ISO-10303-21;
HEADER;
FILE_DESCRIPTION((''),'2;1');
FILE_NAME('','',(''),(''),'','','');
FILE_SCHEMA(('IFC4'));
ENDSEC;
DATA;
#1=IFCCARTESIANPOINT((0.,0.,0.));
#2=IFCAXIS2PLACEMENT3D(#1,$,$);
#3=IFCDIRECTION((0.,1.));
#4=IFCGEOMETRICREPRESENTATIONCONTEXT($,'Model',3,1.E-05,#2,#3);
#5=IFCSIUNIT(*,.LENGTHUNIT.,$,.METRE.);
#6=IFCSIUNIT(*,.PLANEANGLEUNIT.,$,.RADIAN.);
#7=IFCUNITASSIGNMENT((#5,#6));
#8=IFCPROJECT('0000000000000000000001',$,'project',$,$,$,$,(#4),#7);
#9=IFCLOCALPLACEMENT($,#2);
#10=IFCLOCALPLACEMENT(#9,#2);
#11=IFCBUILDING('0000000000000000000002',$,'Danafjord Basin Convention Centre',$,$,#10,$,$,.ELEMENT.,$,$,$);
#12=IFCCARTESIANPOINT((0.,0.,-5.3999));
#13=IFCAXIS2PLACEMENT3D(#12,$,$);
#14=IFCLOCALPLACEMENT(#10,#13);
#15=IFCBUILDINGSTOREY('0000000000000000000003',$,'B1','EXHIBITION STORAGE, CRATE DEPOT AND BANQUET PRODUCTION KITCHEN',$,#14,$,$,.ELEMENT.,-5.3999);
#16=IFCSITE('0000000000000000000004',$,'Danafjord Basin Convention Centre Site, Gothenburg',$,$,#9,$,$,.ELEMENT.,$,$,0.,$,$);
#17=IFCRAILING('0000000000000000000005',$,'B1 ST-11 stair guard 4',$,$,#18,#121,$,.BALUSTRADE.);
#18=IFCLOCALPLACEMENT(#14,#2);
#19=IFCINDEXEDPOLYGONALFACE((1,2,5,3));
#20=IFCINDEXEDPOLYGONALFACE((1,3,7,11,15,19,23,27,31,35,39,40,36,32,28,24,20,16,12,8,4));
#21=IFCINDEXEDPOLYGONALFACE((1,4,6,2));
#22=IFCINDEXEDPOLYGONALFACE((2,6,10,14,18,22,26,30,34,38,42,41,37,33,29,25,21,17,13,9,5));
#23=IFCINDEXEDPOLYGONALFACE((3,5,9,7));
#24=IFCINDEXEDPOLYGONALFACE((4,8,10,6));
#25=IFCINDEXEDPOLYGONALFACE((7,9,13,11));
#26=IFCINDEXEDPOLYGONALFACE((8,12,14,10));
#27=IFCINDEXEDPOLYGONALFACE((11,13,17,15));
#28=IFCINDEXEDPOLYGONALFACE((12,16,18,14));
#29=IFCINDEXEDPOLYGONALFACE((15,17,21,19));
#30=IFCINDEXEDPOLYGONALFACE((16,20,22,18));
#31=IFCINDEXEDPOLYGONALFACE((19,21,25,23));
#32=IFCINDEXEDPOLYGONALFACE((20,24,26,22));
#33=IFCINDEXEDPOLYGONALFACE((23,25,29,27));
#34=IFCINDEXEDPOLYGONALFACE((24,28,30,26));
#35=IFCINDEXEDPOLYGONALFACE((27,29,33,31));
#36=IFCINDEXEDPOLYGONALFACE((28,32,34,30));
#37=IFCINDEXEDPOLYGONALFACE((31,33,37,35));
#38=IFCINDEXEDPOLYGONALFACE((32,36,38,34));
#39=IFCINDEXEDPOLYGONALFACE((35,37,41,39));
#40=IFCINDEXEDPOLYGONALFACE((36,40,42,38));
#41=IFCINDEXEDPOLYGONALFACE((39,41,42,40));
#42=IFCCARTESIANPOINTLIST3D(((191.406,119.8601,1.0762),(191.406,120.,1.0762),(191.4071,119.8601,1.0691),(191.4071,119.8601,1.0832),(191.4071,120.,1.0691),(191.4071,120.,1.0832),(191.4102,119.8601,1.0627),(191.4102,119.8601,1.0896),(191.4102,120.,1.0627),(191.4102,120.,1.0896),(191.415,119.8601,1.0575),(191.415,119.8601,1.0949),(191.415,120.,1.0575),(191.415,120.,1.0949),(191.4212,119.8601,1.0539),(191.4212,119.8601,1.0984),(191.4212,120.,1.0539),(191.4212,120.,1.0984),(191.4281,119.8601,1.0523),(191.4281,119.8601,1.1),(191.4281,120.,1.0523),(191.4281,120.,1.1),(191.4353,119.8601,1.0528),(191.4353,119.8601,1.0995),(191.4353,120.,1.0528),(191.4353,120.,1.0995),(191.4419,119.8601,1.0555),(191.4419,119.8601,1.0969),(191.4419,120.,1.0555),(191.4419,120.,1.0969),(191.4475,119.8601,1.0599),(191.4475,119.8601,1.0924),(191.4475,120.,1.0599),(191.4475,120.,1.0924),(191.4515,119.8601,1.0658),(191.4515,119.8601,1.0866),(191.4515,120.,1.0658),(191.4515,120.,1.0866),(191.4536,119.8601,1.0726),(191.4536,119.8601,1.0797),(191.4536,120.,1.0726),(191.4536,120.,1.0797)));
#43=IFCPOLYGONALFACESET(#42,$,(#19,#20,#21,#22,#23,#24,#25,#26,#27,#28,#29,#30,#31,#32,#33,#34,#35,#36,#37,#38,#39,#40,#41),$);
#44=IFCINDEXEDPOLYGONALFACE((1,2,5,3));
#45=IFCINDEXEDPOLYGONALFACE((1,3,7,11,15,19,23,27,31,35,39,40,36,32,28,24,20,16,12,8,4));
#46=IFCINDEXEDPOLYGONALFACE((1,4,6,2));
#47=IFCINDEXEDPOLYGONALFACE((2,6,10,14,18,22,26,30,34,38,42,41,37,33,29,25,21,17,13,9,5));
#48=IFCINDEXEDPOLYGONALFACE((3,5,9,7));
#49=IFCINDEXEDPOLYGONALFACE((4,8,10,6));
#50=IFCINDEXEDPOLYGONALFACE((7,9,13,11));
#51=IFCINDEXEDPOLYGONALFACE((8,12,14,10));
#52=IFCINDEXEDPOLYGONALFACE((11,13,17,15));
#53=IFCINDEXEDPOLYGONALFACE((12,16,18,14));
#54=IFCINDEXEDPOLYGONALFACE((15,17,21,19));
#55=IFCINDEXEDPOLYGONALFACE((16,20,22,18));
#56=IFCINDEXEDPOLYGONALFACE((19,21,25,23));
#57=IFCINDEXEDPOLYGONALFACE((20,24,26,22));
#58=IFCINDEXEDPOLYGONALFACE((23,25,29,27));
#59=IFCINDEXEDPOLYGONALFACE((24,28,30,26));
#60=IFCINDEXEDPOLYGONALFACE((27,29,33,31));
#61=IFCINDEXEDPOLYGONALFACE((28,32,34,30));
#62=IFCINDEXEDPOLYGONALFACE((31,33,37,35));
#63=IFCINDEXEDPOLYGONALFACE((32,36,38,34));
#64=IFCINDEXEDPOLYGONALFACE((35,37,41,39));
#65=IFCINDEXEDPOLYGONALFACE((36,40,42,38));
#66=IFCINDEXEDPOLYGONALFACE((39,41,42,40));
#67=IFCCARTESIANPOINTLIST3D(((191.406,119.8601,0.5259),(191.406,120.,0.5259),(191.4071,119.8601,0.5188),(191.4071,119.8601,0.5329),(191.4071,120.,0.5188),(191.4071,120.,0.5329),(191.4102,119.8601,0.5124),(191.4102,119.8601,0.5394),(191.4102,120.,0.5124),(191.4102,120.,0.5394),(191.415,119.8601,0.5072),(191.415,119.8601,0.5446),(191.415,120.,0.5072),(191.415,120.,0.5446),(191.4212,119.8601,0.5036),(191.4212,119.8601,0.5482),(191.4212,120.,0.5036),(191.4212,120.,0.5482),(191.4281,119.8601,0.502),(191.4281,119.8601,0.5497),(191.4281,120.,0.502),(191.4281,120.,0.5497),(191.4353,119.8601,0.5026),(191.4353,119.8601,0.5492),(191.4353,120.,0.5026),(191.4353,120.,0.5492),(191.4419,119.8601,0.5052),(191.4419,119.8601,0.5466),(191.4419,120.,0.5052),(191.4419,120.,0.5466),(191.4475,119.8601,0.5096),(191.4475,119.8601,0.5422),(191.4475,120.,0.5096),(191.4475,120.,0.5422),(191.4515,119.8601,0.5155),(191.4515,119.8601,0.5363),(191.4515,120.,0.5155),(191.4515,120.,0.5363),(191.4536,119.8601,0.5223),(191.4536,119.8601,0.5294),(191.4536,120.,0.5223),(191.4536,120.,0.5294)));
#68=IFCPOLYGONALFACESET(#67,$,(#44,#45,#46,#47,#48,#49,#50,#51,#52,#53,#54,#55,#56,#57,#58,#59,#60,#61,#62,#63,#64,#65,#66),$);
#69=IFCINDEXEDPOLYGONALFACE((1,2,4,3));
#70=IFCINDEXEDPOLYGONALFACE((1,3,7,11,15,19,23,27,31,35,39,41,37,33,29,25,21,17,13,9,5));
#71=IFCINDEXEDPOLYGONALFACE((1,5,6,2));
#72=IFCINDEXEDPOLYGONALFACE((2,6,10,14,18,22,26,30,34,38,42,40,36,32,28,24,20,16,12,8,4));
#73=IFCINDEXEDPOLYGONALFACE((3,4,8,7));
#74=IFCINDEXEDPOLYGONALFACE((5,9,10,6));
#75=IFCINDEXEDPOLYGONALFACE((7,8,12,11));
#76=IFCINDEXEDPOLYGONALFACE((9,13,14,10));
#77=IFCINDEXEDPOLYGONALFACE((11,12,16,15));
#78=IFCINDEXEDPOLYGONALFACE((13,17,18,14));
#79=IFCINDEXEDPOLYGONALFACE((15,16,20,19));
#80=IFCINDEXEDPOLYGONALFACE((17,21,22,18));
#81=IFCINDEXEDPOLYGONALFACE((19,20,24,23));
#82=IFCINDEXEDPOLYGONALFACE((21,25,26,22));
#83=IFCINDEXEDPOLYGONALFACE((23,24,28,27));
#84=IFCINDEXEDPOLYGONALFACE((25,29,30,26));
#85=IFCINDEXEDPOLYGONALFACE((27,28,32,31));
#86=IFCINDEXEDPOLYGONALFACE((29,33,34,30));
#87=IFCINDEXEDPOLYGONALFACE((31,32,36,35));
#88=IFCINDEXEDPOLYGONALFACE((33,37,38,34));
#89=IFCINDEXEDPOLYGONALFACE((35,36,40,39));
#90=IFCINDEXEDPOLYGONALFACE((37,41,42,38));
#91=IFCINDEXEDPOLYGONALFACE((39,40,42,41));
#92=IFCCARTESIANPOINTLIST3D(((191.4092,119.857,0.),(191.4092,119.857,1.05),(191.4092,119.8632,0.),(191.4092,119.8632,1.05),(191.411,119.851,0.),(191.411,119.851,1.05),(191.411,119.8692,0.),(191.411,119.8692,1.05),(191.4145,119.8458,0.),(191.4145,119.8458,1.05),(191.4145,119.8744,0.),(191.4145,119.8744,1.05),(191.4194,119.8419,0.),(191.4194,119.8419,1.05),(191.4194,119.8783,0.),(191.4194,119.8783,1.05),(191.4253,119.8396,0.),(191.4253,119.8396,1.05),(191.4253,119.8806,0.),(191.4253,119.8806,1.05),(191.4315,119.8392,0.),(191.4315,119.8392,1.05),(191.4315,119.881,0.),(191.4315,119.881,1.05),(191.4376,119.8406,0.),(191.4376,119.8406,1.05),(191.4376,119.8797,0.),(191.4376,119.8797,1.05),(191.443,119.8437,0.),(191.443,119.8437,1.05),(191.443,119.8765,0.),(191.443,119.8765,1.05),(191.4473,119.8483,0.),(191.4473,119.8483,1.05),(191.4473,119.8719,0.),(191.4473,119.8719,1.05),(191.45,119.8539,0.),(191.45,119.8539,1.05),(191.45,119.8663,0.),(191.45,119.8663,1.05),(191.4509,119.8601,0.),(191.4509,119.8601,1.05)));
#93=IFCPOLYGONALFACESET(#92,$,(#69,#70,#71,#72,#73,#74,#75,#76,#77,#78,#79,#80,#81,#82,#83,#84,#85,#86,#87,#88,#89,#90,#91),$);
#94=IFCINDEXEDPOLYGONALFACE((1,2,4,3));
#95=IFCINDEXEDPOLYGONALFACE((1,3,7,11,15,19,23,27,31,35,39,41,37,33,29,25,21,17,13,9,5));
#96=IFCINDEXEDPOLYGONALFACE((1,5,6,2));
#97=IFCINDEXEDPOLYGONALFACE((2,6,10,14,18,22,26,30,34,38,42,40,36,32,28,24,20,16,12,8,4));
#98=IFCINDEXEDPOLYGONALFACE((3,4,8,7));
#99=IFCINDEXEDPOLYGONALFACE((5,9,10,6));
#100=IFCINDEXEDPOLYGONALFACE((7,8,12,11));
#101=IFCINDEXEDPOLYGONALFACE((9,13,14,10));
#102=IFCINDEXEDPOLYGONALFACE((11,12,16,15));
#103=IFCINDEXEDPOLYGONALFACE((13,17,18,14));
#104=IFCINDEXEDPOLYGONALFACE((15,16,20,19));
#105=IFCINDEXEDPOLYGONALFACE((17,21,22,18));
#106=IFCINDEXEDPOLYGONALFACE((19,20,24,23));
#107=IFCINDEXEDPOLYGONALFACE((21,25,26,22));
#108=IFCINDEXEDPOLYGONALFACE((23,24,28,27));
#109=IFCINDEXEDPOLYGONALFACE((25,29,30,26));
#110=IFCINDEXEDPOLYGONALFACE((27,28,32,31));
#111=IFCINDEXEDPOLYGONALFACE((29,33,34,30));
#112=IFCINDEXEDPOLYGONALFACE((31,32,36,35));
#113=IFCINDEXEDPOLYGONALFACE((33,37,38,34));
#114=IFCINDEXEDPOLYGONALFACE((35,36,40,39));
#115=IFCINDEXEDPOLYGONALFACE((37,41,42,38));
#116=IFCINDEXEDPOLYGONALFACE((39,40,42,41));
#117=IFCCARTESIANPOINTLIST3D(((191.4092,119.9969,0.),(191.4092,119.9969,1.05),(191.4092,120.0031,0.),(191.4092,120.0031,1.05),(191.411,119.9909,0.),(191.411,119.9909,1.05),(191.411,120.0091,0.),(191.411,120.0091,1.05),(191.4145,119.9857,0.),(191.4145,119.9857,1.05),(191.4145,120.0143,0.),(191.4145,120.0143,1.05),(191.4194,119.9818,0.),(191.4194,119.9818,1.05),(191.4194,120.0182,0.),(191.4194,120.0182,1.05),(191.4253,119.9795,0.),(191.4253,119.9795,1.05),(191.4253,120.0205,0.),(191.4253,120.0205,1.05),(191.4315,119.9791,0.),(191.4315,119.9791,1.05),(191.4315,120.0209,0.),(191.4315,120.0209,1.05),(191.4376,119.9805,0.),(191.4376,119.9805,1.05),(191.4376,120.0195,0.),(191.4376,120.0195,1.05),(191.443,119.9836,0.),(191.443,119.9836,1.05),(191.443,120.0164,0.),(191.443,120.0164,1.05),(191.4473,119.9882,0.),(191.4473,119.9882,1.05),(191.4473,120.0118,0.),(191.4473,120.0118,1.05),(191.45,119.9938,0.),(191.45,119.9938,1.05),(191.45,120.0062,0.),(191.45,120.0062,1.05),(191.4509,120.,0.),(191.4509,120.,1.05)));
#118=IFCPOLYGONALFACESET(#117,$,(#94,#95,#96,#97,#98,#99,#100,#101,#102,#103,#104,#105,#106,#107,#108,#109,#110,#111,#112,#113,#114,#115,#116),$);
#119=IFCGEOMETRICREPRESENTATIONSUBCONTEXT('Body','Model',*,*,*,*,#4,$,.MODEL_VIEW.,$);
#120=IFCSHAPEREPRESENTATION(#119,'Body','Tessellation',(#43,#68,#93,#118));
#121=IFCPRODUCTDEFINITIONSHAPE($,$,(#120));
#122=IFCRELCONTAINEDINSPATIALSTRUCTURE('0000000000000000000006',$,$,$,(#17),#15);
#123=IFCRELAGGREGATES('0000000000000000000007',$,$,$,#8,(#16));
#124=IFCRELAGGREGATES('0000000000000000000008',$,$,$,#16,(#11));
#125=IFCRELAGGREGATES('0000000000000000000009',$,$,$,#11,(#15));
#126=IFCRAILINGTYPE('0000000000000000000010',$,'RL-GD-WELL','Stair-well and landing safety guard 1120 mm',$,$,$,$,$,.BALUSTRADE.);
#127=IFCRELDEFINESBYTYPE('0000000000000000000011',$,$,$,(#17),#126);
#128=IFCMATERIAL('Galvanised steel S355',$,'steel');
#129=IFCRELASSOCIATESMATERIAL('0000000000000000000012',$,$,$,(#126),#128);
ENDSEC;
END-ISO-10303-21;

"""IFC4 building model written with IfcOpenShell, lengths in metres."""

from ifc_helpers import new_model, si_unit, direction, frame, origin, origin_2d, place, context, subcontext, project, spatial, circle, extrude, material, type_object, element, save


model = new_model("IFC4")

# Units and contexts
model_context = context("Model", 3, precision=1e-05, world=origin(), true_north=direction((0.0, 1.0)))
body_context = subcontext(model_context, "Body", "Model", "MODEL_VIEW")
ifc_project = project(units=[si_unit("LENGTHUNIT", "METRE"), si_unit("PLANEANGLEUNIT", "RADIAN")], contexts=[model_context])

# Site, building, storey
site_placement = place(None, origin())
site = spatial("IfcSite", under=ifc_project, at=site_placement, Name="Danafjord Basin Convention Centre Site, Gothenburg", CompositionType="ELEMENT", RefElevation=0.0)
building_placement = place(site_placement, origin())
building = spatial("IfcBuilding", under=site, at=building_placement, Name="Danafjord Basin Convention Centre", CompositionType="ELEMENT")
storey_placement = place(building_placement, frame((0.0, 0.0, -5.3999)))
storey = spatial("IfcBuildingStorey", under=building, at=storey_placement, Name="B1", Description="EXHIBITION STORAGE, CRATE DEPOT AND BANQUET PRODUCTION KITCHEN", CompositionType="ELEMENT", Elevation=-5.3999)

# Railing
ifc_material_1 = material(Name="Galvanised steel S355", Category="steel")
railing_type_1 = type_object("IfcRailingType", Name="RL-GD-WELL", Description="Stair-well and landing safety guard 1120 mm", PredefinedType="BALUSTRADE", material=ifc_material_1)
railing_1_placement = place(storey_placement, frame((191.4299, 119.8601, 0.0)))
element("IfcRailing", 1, at=railing_1_placement, inside=storey, type_object=railing_type_1, Name="B1 ST-11 stair guard 4", PredefinedType="BALUSTRADE", context=body_context, shape_type="SweptSolid", body=[
    extrude(circle(Radius=0.0239, at=origin_2d()), frame((0.0, 0.0, 1.0762), z_axis=(0.0, 1.0, 0.0), x_axis=(-1.0, 0.0, 0.0)), (0.0, 0.0, 1.0), 0.1399),
    extrude(circle(Radius=0.0239, at=origin_2d()), frame((0.0, 0.0, 0.5259), z_axis=(0.0, 1.0, 0.0), x_axis=(-1.0, 0.0, 0.0)), (0.0, 0.0, 1.0), 0.1399),
    extrude(circle(Radius=0.021, at=origin_2d()), origin(), (0.0, 0.0, 1.0), 1.05),
    extrude(circle(Radius=0.021, at=origin_2d()), frame((0.0, 0.1399, 0.0)), (0.0, 0.0, 1.0), 1.05),
])

save(model, "model.ifc")
